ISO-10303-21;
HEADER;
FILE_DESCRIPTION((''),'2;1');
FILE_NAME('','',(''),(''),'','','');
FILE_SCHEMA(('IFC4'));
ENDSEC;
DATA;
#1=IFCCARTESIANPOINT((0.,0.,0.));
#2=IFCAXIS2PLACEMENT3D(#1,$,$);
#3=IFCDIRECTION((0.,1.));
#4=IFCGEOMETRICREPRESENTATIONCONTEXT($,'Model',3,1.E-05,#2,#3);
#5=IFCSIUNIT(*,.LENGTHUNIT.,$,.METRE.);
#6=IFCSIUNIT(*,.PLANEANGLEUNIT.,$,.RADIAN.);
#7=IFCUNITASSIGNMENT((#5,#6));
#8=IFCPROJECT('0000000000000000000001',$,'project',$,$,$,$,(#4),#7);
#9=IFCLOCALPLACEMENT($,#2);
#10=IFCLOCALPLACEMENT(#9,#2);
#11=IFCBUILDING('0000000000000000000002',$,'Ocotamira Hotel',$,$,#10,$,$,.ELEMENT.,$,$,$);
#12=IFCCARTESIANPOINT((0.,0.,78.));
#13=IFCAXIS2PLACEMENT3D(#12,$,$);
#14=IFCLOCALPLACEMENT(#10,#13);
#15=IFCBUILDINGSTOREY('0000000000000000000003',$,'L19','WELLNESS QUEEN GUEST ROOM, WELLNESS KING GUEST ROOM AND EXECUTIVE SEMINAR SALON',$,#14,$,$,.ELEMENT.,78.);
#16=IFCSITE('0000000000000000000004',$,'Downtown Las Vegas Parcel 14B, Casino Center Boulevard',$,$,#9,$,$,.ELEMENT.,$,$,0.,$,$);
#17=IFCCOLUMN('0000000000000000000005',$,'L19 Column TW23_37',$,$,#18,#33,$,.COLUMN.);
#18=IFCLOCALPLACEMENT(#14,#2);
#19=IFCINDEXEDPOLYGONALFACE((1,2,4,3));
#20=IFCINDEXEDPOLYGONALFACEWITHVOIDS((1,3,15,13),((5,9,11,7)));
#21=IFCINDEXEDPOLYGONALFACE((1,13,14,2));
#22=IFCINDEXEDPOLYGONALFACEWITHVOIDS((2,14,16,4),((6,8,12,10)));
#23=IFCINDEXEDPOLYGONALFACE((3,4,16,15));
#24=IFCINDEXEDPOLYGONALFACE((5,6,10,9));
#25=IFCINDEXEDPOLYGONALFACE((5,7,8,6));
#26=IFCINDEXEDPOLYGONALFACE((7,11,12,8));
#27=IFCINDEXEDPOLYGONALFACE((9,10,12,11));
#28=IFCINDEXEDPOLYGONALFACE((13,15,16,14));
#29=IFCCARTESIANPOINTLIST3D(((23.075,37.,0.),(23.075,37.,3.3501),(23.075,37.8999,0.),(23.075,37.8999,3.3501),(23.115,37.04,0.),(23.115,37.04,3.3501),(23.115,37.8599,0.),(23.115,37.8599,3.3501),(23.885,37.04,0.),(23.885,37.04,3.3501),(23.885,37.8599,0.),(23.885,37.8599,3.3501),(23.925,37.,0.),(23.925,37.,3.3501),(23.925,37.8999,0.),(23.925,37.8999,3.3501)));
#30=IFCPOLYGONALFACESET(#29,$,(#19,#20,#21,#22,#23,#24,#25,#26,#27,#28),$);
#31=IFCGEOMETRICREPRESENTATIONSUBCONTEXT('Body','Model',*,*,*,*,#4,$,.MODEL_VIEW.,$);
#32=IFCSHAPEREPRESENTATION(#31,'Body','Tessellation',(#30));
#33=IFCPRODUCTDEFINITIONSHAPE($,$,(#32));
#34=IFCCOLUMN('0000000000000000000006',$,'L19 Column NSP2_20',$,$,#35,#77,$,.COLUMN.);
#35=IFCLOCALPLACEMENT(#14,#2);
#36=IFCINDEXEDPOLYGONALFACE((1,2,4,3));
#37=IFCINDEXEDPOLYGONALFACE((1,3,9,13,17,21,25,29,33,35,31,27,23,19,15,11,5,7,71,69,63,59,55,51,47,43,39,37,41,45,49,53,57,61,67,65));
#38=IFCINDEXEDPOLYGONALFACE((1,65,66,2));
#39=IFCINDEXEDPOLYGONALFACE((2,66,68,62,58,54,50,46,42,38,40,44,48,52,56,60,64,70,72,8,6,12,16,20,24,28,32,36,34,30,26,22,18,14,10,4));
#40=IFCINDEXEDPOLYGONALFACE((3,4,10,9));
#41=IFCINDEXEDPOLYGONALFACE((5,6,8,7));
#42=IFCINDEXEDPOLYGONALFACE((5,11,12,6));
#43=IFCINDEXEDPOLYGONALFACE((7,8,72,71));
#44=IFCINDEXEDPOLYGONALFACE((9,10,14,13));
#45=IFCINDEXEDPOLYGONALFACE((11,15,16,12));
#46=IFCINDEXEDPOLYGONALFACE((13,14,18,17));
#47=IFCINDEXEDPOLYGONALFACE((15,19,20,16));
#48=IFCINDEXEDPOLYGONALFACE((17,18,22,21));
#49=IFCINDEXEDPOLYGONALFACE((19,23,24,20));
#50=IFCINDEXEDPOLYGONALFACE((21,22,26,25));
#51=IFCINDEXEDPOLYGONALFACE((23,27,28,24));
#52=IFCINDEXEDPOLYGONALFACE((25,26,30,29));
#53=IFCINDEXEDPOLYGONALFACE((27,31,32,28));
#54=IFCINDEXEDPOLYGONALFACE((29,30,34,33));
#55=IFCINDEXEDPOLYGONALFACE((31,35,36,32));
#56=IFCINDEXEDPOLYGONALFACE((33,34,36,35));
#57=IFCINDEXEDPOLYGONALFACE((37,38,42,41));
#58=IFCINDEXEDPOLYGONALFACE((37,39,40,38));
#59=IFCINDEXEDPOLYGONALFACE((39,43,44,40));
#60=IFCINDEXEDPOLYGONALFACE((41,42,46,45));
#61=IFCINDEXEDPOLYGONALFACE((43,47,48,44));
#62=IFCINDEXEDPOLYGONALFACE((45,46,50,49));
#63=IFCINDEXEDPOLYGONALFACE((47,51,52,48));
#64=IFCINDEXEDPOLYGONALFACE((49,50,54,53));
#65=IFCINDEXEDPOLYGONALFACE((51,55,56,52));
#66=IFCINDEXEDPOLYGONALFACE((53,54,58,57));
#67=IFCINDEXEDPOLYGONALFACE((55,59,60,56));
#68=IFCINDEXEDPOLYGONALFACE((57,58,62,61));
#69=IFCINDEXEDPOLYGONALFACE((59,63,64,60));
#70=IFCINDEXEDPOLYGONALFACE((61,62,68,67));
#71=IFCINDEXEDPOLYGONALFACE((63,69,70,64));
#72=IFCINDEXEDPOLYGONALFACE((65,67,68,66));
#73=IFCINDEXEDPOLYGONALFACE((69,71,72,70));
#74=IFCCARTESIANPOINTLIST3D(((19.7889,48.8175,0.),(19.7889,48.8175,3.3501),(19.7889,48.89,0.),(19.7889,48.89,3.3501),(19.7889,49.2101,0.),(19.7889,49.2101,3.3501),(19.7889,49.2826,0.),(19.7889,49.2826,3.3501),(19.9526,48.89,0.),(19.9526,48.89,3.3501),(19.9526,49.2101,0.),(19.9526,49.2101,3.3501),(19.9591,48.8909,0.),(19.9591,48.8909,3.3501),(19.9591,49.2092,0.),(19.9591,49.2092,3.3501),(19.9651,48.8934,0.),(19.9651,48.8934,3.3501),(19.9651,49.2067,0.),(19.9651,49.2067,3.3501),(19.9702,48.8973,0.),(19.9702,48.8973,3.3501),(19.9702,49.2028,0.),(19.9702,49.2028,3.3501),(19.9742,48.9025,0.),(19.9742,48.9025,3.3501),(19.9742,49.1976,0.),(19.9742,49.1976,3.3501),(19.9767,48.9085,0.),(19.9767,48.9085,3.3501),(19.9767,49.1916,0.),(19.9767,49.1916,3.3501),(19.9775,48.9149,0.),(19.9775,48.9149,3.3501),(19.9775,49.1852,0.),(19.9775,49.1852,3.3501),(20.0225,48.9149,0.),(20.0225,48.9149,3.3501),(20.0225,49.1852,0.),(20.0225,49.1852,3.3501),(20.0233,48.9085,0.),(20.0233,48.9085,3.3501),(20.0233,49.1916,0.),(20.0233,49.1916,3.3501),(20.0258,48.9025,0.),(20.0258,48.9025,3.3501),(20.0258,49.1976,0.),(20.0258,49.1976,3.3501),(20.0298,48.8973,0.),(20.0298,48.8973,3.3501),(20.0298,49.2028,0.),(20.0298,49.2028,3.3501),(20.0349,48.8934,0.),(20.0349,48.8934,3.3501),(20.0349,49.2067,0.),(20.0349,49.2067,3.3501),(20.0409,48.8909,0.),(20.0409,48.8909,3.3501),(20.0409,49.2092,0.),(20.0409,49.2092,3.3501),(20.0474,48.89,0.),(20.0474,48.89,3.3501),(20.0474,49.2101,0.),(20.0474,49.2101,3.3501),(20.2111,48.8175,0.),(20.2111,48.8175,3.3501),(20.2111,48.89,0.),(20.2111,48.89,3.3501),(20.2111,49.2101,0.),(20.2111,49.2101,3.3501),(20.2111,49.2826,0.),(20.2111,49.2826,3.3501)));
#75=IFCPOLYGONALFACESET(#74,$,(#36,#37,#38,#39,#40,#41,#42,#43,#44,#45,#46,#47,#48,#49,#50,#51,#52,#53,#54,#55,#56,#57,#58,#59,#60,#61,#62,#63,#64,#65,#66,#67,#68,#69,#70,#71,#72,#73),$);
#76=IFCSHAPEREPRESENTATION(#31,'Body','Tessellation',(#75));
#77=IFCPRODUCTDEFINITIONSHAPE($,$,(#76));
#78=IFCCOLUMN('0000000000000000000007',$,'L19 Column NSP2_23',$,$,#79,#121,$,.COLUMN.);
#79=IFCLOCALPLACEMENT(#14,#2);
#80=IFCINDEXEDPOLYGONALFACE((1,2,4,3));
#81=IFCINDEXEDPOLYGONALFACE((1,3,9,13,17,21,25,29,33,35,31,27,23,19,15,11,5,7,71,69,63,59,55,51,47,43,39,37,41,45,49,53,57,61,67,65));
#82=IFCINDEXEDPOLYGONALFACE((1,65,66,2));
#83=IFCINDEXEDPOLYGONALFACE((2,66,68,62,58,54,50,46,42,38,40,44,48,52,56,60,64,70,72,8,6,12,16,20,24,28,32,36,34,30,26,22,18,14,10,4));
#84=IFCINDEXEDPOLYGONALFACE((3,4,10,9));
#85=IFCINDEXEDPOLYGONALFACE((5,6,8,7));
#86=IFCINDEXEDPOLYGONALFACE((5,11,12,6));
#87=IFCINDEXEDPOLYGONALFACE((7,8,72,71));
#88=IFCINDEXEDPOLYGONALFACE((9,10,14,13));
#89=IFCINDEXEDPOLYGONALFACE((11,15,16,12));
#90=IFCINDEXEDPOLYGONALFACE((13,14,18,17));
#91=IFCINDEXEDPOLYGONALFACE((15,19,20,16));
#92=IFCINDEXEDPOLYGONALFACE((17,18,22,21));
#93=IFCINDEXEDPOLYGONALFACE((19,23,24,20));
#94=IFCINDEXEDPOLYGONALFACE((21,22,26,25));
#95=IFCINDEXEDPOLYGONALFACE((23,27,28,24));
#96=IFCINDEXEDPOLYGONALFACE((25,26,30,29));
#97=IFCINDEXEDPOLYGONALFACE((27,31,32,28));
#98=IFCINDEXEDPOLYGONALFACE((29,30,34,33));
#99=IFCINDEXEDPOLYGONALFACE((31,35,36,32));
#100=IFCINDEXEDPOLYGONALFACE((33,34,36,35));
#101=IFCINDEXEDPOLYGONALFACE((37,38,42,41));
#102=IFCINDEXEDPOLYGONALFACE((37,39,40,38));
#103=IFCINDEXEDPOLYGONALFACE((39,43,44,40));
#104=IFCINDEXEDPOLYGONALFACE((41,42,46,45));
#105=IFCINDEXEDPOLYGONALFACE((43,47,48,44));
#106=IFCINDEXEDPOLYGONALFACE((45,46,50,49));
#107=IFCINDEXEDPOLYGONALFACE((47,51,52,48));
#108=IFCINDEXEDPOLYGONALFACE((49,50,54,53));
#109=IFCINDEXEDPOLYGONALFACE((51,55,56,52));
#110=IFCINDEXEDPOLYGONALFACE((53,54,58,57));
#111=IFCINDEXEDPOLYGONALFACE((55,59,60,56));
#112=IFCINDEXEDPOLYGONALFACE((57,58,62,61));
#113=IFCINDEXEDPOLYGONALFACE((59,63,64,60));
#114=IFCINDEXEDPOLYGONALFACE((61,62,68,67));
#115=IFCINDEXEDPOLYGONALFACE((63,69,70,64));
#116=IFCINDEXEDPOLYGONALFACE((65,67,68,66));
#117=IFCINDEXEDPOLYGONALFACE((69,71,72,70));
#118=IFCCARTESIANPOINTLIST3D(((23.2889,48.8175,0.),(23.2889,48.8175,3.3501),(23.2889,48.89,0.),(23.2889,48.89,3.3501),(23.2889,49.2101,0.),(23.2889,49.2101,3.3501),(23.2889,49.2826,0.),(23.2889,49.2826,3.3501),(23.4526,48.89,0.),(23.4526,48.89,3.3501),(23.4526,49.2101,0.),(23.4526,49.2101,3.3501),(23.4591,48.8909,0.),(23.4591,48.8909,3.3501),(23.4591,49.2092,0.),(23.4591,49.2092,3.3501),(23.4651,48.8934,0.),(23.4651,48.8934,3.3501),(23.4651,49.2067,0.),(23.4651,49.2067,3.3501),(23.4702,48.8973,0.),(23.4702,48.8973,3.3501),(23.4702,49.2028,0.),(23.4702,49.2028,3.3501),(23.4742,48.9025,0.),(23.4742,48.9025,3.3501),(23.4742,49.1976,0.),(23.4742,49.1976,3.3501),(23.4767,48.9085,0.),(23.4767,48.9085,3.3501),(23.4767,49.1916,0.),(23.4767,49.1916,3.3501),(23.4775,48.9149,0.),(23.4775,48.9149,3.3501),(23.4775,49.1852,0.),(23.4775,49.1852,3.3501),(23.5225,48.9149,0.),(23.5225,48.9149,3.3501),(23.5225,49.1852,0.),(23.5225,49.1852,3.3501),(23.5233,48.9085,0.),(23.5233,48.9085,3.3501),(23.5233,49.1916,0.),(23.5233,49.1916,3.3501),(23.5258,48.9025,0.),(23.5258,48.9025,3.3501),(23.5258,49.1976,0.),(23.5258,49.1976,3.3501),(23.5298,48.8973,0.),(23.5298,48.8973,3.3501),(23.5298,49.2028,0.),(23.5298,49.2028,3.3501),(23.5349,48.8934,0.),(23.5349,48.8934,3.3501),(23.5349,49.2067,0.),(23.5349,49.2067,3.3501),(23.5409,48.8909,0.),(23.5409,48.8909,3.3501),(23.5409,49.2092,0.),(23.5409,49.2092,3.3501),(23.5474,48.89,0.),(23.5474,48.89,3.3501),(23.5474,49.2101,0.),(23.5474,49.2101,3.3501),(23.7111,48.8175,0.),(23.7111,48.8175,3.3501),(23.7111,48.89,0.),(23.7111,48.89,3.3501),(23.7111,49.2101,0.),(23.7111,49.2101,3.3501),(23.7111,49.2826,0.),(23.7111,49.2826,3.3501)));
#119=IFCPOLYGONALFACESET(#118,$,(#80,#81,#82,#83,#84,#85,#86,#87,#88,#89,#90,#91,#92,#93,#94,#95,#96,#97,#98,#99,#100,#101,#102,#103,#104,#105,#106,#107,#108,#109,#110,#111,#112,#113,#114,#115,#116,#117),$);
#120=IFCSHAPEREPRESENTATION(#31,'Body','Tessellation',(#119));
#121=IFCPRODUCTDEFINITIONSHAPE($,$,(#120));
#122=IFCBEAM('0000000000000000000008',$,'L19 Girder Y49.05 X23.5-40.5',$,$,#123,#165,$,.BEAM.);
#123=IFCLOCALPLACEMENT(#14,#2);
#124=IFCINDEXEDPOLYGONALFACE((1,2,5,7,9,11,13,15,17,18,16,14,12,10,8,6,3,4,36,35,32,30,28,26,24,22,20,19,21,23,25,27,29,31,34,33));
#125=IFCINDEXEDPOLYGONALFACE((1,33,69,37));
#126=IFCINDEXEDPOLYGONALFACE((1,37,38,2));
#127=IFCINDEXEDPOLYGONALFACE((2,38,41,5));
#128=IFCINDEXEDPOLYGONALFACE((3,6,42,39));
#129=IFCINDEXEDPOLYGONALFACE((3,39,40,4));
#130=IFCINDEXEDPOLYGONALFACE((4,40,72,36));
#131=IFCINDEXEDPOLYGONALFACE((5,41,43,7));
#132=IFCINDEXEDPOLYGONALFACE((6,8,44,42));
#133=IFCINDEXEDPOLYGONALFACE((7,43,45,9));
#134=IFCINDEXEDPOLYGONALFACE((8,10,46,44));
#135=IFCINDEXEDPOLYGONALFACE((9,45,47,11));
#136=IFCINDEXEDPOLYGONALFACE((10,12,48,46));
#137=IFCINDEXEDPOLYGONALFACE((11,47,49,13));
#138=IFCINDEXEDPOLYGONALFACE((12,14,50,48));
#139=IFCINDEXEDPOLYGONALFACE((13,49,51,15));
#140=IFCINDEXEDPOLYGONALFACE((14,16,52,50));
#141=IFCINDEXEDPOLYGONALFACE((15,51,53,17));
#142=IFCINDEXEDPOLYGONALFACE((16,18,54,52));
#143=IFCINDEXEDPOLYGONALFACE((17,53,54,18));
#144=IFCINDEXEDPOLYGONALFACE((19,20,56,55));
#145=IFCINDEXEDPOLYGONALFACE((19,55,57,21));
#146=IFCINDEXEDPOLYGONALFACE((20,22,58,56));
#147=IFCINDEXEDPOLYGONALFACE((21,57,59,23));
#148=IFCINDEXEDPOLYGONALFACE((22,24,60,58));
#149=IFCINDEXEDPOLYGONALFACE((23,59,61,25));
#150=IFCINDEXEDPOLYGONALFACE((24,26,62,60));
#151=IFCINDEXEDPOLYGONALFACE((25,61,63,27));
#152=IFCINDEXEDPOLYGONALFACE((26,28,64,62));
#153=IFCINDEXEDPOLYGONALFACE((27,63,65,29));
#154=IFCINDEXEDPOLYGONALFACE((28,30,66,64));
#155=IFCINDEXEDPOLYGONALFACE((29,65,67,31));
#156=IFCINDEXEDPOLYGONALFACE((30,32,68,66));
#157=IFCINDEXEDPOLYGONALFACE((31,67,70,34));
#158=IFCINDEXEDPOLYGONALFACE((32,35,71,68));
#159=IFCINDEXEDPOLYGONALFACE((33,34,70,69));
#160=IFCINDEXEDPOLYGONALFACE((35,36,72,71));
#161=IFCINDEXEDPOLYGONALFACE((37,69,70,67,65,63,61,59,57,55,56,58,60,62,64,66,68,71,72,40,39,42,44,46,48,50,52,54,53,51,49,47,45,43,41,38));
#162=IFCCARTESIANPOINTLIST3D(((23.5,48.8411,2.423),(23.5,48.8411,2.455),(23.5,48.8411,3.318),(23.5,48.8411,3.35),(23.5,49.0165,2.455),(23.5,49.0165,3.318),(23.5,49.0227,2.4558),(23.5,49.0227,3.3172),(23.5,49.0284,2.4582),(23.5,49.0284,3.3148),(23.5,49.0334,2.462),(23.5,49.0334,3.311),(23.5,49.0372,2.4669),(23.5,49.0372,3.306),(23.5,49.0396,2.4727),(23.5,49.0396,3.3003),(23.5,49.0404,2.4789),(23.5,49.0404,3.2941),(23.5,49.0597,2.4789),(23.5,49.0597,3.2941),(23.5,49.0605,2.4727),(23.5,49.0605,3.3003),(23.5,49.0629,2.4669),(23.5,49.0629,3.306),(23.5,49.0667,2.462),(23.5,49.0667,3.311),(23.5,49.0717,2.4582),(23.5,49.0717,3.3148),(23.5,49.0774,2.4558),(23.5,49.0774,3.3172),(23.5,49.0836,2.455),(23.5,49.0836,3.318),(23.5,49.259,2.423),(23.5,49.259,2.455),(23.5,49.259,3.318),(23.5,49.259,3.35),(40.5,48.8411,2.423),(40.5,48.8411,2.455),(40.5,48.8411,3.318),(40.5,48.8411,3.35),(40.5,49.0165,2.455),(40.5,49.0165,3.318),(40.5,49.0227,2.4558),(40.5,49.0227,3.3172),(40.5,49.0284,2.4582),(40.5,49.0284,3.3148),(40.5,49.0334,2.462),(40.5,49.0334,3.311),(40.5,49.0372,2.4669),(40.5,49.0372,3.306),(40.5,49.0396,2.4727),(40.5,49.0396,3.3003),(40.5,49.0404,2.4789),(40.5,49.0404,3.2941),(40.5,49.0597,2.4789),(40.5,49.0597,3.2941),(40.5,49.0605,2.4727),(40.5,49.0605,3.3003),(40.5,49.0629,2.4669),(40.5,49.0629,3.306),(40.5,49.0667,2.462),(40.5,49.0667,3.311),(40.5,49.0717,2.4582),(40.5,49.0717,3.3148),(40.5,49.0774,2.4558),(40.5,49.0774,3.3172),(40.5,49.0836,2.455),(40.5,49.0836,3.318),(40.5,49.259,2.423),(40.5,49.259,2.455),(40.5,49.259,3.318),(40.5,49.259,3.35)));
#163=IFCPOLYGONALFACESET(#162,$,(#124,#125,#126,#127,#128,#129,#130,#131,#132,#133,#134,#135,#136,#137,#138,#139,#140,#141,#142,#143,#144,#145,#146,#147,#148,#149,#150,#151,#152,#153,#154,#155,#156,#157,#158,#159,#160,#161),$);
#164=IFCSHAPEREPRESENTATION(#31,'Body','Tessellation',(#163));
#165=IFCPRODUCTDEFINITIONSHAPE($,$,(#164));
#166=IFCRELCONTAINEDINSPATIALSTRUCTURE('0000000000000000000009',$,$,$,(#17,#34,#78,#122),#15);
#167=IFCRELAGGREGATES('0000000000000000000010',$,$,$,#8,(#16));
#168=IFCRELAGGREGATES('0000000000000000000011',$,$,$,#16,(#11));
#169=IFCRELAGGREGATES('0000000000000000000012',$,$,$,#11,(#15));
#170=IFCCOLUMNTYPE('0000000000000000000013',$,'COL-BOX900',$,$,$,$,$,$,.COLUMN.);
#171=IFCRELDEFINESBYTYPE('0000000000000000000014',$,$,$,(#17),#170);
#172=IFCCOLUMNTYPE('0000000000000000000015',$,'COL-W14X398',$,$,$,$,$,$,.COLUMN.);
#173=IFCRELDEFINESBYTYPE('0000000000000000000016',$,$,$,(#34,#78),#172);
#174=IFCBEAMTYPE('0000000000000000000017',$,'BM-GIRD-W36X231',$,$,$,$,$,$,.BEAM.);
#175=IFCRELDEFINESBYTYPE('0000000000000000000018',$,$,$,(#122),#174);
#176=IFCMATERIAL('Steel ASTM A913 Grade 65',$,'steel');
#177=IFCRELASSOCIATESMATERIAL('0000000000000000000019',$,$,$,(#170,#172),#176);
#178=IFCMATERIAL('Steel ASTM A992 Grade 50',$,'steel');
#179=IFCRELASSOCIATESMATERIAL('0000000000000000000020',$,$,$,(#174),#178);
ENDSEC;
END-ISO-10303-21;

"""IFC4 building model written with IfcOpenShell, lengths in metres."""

from ifc_helpers import new_model, si_unit, direction, frame, origin, origin_2d, place, context, subcontext, project, spatial, hollow_rectangle, i_section, extrude, source, transform, mapped, material, material_profile, profile_set, type_object, element, save


model = new_model("IFC4")

# Units and contexts
model_context = context("Model", 3, precision=1e-05, world=origin(), true_north=direction((0.0, 1.0)))
body_context = subcontext(model_context, "Body", "Model", "MODEL_VIEW")
ifc_project = project(units=[si_unit("LENGTHUNIT", "METRE"), si_unit("PLANEANGLEUNIT", "RADIAN")], contexts=[model_context])

# Site, building, storey
site_placement = place(None, origin())
site = spatial("IfcSite", under=ifc_project, at=site_placement, Name="Downtown Las Vegas Parcel 14B, Casino Center Boulevard", CompositionType="ELEMENT", RefElevation=0.0)
building_placement = place(site_placement, origin())
building = spatial("IfcBuilding", under=site, at=building_placement, Name="Ocotamira Hotel", CompositionType="ELEMENT")
storey_placement = place(building_placement, frame((0.0, 0.0, 78.0)))
storey = spatial("IfcBuildingStorey", under=building, at=storey_placement, Name="L19", Description="WELLNESS QUEEN GUEST ROOM, WELLNESS KING GUEST ROOM AND EXECUTIVE SEMINAR SALON", CompositionType="ELEMENT", Elevation=78.0)

# Columns
ifc_material_1 = material(Name="Steel ASTM A913 Grade 65", Category="steel")
ifc_material_profile_1 = material_profile(ifc_material_1, hollow_rectangle(XDim=0.8501, YDim=0.8999, WallThickness=0.04, at=origin_2d()), Name="BOX900X850X40")
ifc_profile_set_1 = profile_set([ifc_material_profile_1], Name="Steel ASTM A913 Grade 65")
column_type_1 = type_object("IfcColumnType", Name="COL-BOX900", PredefinedType="COLUMN", material=ifc_profile_set_1)
shared_shape_1 = source(origin(), body_context, "Body", "SweptSolid", [
    extrude(hollow_rectangle(XDim=0.8501, YDim=0.8999, WallThickness=0.04, at=origin_2d()), origin(), (0.0, 0.0, 1.0), 3.3501),
])
column_placement = place(storey_placement, frame((23.5, 37.45, 0.0), z_axis=(0.0, 0.0, 1.0), x_axis=(1.0, 0.0, 0.0)))
element("IfcColumn", 1, at=column_placement, inside=storey, type_object=column_type_1, Name="L19 Column TW23_37", PredefinedType="COLUMN", context=body_context, shape_type="MappedRepresentation", body=[
    mapped(shared_shape_1, transform((0.0, 0.0, 0.0), scale=1.0)),
])
ifc_material_profile_2 = material_profile(ifc_material_1, i_section(OverallWidth=0.4221, OverallDepth=0.4651, WebThickness=0.0449, FlangeThickness=0.0725, FilletRadius=0.0249, at=origin_2d()), Name="W14X398")
ifc_profile_set_2 = profile_set([ifc_material_profile_2], Name="Steel ASTM A913 Grade 65")
column_type_2 = type_object("IfcColumnType", Name="COL-W14X398", PredefinedType="COLUMN", material=ifc_profile_set_2)
shared_shape_2 = source(origin(), body_context, "Body", "SweptSolid", [
    extrude(i_section(OverallWidth=0.4221, OverallDepth=0.4651, WebThickness=0.0449, FlangeThickness=0.0725, FilletRadius=0.0249, at=origin_2d()), origin(), (0.0, 0.0, 1.0), 3.3501),
])
for number, where, z_axis, x_axis, name in (
    (2, (20.0, 49.05, 0.0), (0.0, 0.0, 1.0), (1.0, 0.0, 0.0), "L19 Column NSP2_20"),
    (3, (23.5, 49.05, 0.0), (0.0, 0.0, 1.0), (1.0, 0.0, 0.0), "L19 Column NSP2_23"),
):
    element("IfcColumn", number, at=place(storey_placement, frame(where, z_axis=z_axis, x_axis=x_axis)), inside=storey, type_object=column_type_2, Name=name, PredefinedType="COLUMN", context=body_context, shape_type="MappedRepresentation", body=[
        mapped(shared_shape_2, transform((0.0, 0.0, 0.0), scale=1.0)),
    ])

# Beam
ifc_material_2 = material(Name="Steel ASTM A992 Grade 50", Category="steel")
ifc_material_profile_3 = material_profile(ifc_material_2, i_section(OverallWidth=0.418, OverallDepth=0.927, WebThickness=0.0193, FlangeThickness=0.032, FilletRadius=0.0239, at=origin_2d()), Name="W36X231")
ifc_profile_set_3 = profile_set([ifc_material_profile_3], Name="Steel ASTM A992 Grade 50")
beam_type_1 = type_object("IfcBeamType", Name="BM-GIRD-W36X231", PredefinedType="BEAM", material=ifc_profile_set_3)
shared_shape_3 = source(origin(), body_context, "Body", "SweptSolid", [
    extrude(i_section(OverallWidth=0.418, OverallDepth=0.927, WebThickness=0.0193, FlangeThickness=0.032, FilletRadius=0.0239, at=origin_2d()), origin(), (0.0, 0.0, 1.0), 17.0),
])
beam_1_placement = place(storey_placement, frame((23.5, 49.05, 2.8865), z_axis=(1.0, 0.0, 0.0), x_axis=(0.0, 1.0, 0.0)))
element("IfcBeam", 4, at=beam_1_placement, inside=storey, type_object=beam_type_1, Name="L19 Girder Y49.05 X23.5-40.5", PredefinedType="BEAM", context=body_context, shape_type="MappedRepresentation", body=[
    mapped(shared_shape_3, transform((0.0, 0.0, 0.0), scale=1.0)),
])

save(model, "model.ifc")
